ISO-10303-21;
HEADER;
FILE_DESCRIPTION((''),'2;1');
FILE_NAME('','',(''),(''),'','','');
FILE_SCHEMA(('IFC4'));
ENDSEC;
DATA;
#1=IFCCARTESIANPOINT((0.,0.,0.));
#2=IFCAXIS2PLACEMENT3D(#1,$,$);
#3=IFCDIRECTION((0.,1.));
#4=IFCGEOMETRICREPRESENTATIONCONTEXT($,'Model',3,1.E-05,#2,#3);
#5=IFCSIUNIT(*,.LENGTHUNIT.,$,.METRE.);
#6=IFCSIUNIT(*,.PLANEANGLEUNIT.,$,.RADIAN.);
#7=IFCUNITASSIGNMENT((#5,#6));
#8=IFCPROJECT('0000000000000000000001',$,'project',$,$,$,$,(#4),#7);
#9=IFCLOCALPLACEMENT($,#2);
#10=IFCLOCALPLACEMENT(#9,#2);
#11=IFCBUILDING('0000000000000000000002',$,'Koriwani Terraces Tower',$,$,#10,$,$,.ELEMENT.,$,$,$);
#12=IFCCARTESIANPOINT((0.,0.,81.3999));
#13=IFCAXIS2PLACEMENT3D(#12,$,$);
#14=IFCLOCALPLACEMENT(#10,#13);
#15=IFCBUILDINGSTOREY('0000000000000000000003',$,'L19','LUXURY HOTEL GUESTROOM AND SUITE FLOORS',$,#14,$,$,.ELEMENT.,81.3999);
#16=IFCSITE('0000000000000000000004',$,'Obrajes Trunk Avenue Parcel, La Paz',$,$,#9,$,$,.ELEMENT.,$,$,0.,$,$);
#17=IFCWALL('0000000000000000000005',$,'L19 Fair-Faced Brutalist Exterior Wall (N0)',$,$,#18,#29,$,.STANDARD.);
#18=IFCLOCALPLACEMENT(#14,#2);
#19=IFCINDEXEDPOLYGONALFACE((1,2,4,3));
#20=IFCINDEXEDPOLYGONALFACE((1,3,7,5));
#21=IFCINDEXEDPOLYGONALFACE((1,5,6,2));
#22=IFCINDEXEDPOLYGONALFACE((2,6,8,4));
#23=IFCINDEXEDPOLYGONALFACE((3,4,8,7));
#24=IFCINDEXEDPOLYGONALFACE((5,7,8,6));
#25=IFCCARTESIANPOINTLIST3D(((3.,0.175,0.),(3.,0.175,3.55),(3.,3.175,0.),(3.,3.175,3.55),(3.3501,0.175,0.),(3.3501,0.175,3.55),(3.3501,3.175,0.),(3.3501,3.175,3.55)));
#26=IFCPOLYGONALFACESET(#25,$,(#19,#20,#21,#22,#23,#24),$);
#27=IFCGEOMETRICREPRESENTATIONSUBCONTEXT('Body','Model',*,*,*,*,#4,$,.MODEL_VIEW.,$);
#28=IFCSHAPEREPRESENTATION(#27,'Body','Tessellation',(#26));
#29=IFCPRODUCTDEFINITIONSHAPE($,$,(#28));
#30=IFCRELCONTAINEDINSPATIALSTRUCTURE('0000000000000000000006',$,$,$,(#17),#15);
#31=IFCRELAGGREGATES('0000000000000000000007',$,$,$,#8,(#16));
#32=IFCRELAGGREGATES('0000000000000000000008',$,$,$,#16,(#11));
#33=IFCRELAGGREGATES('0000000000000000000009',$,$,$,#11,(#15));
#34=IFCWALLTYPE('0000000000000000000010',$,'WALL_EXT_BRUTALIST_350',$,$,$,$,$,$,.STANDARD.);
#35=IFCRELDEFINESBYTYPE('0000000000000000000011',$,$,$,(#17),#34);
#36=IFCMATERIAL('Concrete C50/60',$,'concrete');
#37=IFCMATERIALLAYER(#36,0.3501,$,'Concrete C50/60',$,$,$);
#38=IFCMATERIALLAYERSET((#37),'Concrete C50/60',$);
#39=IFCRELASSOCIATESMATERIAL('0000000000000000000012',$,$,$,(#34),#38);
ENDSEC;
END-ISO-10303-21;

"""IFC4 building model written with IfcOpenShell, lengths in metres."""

from ifc_helpers import new_model, si_unit, direction, frame, frame_2d, origin, place, context, subcontext, project, spatial, rectangle, extrude, material, layer, layer_set, type_object, element, save


model = new_model("IFC4")

# Units and contexts
model_context = context("Model", 3, precision=1e-05, world=origin(), true_north=direction((0.0, 1.0)))
body_context = subcontext(model_context, "Body", "Model", "MODEL_VIEW")
ifc_project = project(units=[si_unit("LENGTHUNIT", "METRE"), si_unit("PLANEANGLEUNIT", "RADIAN")], contexts=[model_context])

# Site, building, storey
site_placement = place(None, origin())
site = spatial("IfcSite", under=ifc_project, at=site_placement, Name="Obrajes Trunk Avenue Parcel, La Paz", CompositionType="ELEMENT", RefElevation=0.0)
building_placement = place(site_placement, origin())
building = spatial("IfcBuilding", under=site, at=building_placement, Name="Koriwani Terraces Tower", CompositionType="ELEMENT")
storey_placement = place(building_placement, frame((0.0, 0.0, 81.3999)))
storey = spatial("IfcBuildingStorey", under=building, at=storey_placement, Name="L19", Description="LUXURY HOTEL GUESTROOM AND SUITE FLOORS", CompositionType="ELEMENT", Elevation=81.3999)

# Wall
ifc_material_1 = material(Name="Concrete C50/60", Category="concrete")
ifc_layer_1 = layer(ifc_material_1, 0.3501, Name="Concrete C50/60")
ifc_layer_set_1 = layer_set([ifc_layer_1], Name="Concrete C50/60")
wall_type_1 = type_object("IfcWallType", Name="WALL_EXT_BRUTALIST_350", PredefinedType="STANDARD", material=ifc_layer_set_1)
wall_1_placement = place(storey_placement, frame((3.175, 0.175, 0.0), z_axis=(0.0, 0.0, 1.0), x_axis=(0.0, 1.0, 0.0)))
element("IfcWall", 1, at=wall_1_placement, inside=storey, type_object=wall_type_1, Name="L19 Fair-Faced Brutalist Exterior Wall (N0)", PredefinedType="STANDARD", context=body_context, shape_type="SweptSolid", body=[
    extrude(rectangle(XDim=3.0, YDim=0.3501, at=frame_2d((1.5, 0.0))), origin(), (0.0, 0.0, 1.0), 3.55),
])

save(model, "model.ifc")
